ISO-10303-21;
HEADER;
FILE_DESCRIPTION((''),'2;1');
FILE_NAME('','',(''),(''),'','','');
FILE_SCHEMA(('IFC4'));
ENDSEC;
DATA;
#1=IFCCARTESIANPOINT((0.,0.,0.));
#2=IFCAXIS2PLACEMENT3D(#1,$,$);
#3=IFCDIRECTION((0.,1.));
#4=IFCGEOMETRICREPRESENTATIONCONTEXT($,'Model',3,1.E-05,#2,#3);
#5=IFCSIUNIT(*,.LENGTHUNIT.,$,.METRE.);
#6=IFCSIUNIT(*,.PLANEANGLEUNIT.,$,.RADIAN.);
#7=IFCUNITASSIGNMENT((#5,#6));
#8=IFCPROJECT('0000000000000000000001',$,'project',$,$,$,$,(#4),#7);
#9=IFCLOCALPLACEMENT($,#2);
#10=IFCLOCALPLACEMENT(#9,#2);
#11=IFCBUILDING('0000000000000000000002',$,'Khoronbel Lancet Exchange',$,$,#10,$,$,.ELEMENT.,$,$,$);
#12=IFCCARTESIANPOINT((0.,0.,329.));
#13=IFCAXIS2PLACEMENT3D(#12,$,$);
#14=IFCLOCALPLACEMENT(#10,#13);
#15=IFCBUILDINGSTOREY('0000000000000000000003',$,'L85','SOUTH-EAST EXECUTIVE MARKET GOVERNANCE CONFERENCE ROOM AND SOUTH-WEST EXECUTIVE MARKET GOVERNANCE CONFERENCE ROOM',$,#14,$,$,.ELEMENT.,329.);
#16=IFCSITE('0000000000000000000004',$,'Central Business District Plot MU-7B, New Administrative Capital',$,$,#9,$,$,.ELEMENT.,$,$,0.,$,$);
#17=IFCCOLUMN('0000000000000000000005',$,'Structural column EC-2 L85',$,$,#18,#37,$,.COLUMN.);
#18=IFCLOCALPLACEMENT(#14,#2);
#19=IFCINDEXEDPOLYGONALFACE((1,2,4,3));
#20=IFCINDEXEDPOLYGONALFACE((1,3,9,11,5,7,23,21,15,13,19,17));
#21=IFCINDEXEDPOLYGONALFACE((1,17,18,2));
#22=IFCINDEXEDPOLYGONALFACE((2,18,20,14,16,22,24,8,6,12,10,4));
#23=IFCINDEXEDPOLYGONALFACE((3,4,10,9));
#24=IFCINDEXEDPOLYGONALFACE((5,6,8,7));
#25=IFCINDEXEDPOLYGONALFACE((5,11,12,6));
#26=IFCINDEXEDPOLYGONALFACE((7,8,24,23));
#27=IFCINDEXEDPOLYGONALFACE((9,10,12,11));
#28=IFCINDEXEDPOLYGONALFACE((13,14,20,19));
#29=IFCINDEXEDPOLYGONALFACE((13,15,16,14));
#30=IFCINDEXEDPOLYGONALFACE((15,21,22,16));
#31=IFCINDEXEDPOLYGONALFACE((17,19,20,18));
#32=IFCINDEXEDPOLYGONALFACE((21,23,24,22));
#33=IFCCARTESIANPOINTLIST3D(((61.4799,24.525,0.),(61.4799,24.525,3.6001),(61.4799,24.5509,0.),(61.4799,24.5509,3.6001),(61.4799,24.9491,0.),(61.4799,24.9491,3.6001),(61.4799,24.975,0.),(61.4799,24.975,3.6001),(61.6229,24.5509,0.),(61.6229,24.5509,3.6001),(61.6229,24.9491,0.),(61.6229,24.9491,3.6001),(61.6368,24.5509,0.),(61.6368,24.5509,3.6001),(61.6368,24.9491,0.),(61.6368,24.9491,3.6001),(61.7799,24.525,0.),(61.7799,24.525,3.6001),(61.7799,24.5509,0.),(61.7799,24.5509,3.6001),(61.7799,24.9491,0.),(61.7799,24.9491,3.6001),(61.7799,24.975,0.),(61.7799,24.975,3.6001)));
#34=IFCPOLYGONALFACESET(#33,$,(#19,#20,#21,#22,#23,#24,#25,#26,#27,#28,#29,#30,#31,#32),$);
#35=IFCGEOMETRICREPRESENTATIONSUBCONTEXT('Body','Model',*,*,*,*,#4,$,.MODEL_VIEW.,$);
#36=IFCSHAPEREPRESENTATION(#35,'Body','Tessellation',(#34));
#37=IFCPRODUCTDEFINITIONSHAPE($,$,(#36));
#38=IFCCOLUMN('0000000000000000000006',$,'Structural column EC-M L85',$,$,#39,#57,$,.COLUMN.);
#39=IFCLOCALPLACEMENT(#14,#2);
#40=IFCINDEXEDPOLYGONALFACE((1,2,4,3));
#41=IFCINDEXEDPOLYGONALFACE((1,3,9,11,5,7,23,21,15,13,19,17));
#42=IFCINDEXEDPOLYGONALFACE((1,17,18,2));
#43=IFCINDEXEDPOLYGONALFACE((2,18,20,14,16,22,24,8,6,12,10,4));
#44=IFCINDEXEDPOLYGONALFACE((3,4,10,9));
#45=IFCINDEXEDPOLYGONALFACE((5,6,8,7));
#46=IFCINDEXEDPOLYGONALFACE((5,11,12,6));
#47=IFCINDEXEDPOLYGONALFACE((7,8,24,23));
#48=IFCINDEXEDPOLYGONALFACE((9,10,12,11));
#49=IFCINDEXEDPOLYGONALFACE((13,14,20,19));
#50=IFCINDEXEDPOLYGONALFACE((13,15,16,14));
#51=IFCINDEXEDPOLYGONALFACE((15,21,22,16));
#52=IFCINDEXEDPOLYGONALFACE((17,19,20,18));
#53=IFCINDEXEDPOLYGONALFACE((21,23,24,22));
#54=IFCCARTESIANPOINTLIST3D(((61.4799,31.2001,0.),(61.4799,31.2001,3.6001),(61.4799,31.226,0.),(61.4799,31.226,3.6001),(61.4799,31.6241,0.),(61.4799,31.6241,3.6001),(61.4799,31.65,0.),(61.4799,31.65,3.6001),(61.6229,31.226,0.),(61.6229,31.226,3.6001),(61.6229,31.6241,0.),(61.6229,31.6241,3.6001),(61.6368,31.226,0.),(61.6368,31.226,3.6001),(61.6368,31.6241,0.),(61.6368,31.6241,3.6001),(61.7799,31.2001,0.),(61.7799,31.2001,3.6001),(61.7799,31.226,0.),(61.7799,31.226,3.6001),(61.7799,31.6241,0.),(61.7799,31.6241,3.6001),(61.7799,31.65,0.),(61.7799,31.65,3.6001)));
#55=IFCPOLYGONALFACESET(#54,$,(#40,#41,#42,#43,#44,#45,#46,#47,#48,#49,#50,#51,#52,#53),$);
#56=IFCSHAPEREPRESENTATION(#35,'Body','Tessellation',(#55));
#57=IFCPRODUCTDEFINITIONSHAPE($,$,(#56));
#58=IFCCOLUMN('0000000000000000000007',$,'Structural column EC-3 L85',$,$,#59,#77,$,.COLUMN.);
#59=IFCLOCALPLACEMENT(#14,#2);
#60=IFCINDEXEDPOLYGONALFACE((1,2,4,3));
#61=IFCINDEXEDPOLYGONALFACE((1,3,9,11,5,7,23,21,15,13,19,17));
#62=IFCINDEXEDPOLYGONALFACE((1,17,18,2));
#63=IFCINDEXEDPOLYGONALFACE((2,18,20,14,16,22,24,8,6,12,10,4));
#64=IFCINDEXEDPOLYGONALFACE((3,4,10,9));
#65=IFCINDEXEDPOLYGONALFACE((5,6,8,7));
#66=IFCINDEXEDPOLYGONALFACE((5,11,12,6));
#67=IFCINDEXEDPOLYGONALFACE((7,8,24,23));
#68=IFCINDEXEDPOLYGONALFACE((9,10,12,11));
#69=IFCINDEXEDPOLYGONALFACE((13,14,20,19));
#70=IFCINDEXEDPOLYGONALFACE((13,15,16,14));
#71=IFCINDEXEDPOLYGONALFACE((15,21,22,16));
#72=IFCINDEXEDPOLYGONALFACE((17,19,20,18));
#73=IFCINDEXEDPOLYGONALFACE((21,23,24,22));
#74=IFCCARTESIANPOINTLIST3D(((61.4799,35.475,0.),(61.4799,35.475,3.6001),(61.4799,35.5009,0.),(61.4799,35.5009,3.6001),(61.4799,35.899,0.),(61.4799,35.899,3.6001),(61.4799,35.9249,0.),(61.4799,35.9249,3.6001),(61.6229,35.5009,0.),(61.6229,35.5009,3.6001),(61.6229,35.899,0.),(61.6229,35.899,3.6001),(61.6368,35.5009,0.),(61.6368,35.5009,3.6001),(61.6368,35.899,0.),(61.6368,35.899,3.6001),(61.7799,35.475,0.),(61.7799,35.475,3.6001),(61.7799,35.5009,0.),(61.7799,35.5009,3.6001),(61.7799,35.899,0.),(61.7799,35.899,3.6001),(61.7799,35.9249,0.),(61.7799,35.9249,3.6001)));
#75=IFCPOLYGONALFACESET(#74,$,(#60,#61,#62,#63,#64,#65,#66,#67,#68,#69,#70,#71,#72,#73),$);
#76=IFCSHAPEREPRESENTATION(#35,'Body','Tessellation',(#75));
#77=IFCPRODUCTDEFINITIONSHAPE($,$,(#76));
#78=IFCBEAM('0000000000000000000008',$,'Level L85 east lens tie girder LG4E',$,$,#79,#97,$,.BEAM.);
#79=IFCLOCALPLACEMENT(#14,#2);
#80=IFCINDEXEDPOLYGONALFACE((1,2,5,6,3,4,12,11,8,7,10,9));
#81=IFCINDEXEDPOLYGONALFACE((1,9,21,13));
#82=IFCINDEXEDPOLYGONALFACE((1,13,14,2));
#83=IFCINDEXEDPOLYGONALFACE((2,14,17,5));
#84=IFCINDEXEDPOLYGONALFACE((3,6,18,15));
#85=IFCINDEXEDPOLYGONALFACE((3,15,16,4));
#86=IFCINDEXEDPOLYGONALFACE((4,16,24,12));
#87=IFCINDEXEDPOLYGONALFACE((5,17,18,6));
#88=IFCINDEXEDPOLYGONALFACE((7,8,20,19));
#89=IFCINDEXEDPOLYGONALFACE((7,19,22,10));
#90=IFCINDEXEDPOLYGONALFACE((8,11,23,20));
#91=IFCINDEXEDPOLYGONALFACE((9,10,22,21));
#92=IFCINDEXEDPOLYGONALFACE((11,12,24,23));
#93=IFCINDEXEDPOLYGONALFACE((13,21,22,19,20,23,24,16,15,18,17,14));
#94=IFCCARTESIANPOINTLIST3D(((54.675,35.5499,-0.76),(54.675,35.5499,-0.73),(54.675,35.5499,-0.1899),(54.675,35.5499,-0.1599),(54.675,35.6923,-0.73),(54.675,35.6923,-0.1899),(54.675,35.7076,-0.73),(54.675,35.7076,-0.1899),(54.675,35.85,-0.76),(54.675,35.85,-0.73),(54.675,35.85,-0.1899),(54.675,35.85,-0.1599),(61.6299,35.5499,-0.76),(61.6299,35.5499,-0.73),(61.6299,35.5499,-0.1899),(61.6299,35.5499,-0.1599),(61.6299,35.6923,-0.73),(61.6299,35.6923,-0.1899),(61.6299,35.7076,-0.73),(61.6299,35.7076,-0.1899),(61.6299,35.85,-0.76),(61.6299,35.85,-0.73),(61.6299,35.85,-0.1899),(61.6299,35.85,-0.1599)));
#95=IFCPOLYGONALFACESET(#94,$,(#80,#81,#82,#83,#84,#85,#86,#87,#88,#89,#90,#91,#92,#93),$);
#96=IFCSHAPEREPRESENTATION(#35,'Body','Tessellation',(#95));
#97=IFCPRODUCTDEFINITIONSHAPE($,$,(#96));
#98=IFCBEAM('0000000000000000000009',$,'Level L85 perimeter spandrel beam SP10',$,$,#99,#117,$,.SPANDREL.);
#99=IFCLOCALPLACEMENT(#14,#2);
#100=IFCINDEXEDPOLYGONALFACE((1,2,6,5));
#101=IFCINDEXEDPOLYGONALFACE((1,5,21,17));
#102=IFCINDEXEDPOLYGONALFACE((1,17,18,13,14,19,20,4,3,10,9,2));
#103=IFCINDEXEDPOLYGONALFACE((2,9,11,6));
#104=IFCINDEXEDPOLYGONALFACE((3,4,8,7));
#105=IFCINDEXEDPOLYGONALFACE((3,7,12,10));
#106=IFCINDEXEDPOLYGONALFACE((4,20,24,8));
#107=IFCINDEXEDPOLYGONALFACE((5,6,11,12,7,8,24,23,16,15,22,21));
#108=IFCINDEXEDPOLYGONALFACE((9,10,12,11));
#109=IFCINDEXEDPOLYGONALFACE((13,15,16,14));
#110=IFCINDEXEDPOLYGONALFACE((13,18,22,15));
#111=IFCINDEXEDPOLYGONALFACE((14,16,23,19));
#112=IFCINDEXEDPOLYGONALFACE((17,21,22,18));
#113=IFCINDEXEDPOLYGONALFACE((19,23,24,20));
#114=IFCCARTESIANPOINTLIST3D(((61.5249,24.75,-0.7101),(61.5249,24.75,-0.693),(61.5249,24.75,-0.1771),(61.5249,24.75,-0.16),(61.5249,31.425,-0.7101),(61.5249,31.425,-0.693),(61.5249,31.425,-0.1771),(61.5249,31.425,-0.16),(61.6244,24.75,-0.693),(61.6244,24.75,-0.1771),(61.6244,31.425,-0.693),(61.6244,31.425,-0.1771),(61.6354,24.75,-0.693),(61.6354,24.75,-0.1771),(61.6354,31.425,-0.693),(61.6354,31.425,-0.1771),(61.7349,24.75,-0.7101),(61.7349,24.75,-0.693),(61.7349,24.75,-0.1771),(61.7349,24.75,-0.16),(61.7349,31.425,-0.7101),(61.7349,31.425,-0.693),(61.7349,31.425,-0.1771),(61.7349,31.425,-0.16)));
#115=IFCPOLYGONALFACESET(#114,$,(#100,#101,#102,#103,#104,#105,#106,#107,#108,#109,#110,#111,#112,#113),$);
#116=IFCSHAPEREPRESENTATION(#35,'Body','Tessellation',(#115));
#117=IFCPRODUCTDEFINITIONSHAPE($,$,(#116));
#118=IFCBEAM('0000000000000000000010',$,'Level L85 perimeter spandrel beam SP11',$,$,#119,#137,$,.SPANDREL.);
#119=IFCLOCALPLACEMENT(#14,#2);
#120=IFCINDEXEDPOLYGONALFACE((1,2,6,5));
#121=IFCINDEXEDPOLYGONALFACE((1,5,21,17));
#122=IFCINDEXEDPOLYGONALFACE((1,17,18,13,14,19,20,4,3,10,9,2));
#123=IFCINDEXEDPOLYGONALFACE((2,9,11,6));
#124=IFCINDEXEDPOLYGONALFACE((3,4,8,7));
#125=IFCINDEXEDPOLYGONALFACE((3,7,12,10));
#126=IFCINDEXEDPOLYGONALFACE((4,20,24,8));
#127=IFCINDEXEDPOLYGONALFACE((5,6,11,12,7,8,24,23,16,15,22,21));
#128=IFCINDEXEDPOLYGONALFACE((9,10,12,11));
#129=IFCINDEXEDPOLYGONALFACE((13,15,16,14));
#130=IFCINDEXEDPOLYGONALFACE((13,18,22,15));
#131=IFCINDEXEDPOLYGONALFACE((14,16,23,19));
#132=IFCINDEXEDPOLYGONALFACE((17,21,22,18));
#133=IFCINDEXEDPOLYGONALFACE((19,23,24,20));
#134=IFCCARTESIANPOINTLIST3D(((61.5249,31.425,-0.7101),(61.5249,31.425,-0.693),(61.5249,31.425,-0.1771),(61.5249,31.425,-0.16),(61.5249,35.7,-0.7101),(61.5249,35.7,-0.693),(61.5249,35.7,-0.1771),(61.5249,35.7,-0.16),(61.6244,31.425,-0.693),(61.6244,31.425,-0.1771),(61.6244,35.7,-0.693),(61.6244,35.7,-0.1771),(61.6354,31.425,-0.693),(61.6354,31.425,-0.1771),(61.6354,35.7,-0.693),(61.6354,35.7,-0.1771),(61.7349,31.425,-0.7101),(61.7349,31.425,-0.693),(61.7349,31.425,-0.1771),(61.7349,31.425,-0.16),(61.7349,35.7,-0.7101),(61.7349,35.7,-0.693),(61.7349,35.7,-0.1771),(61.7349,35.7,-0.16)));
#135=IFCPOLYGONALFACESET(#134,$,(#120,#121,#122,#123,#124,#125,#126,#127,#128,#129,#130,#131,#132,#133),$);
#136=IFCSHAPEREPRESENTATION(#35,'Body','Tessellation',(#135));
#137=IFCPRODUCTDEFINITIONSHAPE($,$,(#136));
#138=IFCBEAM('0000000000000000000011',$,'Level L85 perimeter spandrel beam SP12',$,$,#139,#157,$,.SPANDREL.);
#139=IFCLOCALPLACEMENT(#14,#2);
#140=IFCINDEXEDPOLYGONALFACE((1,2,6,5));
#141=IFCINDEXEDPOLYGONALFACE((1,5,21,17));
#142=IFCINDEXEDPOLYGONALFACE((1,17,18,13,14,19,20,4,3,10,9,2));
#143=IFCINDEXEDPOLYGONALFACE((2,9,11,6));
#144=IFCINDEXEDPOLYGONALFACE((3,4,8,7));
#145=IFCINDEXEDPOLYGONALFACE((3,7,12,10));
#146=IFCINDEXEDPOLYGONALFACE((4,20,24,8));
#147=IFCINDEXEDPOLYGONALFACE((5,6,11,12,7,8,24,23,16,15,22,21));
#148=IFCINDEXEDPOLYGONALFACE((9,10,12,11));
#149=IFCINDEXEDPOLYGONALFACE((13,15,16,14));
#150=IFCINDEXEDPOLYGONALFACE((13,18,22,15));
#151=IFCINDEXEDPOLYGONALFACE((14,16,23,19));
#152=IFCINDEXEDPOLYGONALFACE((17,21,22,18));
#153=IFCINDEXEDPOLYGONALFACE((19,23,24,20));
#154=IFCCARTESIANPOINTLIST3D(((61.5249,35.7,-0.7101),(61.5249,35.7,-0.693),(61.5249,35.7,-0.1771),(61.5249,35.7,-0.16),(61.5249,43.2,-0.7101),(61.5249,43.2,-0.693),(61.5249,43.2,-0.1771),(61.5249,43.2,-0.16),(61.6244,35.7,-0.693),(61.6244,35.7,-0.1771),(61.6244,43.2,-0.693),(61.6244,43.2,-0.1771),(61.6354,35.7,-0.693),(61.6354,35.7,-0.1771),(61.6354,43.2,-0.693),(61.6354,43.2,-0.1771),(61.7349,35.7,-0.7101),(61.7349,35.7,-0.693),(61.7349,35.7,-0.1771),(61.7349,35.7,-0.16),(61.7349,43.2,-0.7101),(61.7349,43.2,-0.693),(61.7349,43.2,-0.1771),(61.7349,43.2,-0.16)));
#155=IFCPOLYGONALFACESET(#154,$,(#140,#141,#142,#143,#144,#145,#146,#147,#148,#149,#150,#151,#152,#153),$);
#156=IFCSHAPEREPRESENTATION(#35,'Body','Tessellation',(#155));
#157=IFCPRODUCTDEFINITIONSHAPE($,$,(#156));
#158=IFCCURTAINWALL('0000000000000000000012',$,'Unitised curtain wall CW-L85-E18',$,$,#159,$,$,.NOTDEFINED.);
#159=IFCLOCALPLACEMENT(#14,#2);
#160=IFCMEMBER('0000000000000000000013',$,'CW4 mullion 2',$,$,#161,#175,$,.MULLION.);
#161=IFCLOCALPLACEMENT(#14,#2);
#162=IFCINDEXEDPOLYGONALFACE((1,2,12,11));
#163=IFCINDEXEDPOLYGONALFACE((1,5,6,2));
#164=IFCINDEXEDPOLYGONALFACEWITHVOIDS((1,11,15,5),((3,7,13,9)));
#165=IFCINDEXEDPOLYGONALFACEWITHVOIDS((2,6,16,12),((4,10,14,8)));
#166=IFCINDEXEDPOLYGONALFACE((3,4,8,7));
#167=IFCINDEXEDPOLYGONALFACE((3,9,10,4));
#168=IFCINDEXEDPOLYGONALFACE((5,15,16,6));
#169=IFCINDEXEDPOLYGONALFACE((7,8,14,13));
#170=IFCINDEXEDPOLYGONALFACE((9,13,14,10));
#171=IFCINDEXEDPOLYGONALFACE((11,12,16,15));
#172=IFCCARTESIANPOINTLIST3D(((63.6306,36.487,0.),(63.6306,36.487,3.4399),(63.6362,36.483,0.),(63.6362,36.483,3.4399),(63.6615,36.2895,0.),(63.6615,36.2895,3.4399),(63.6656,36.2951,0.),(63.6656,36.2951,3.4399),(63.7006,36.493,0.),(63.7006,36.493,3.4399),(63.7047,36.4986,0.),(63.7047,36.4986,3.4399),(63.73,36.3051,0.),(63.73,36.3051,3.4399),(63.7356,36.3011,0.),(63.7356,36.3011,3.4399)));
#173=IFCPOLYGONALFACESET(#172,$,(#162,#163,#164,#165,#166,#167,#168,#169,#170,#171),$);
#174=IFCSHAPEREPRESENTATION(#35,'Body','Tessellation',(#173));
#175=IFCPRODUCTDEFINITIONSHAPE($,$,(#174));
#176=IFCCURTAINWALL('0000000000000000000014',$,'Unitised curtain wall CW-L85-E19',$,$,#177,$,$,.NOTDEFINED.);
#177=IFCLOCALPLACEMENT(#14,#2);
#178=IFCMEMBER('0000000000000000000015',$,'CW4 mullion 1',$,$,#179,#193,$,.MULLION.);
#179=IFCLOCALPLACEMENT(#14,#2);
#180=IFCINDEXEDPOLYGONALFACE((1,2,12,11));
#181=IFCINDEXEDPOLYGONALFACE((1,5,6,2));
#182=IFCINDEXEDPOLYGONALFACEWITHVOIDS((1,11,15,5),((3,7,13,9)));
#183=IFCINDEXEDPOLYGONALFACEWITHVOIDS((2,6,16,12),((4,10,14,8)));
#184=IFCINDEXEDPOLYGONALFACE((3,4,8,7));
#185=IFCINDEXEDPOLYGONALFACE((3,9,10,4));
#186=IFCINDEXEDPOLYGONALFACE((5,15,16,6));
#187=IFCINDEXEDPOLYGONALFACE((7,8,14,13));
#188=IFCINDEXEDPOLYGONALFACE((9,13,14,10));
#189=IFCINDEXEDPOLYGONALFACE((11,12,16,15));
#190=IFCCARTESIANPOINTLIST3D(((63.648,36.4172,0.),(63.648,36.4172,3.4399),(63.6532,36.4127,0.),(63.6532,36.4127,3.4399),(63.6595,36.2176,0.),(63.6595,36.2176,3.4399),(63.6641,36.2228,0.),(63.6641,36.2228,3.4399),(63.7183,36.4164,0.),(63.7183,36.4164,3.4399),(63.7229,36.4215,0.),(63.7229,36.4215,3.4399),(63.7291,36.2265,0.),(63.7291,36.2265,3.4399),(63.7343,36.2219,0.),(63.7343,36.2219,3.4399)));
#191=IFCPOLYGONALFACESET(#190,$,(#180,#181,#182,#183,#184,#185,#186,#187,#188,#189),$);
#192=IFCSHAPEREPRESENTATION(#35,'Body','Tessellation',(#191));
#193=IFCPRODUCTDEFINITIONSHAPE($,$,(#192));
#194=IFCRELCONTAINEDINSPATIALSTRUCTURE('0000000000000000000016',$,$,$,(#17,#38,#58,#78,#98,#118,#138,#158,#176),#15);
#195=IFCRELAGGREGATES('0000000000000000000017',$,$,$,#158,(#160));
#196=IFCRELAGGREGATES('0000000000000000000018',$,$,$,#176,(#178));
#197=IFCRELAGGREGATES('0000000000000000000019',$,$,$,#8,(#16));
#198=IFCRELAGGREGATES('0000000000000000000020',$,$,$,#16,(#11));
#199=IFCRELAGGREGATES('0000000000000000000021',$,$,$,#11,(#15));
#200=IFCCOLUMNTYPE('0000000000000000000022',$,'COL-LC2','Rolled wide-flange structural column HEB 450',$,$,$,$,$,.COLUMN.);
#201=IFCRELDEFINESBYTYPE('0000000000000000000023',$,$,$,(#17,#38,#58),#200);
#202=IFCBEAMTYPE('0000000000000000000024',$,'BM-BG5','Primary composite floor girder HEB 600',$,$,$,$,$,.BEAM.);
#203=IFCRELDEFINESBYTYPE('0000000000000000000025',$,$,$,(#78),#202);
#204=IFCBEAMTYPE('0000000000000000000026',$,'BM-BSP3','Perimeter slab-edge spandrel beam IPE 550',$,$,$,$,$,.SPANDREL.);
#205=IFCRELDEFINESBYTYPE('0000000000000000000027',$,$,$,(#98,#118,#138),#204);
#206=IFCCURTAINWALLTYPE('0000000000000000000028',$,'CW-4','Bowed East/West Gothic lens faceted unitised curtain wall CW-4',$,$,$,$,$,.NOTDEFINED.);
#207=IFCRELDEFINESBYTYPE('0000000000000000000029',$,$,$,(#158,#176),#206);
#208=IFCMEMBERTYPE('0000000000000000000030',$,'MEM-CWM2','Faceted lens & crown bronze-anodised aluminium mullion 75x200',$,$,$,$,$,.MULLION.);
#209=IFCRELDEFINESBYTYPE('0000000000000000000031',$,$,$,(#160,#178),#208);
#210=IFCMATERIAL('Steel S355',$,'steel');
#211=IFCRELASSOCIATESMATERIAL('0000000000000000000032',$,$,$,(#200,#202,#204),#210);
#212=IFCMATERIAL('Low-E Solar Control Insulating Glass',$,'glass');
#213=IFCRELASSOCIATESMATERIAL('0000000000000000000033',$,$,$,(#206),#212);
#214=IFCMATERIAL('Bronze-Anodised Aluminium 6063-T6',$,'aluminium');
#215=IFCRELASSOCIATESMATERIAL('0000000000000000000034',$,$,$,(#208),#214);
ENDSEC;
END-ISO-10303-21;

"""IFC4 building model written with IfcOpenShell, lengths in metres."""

from ifc_helpers import new_model, si_unit, direction, frame, origin, origin_2d, place, context, subcontext, project, spatial, hollow_rectangle, i_section, extrude, material, material_profile, profile_set, type_object, element, aggregate, save


model = new_model("IFC4")

# Units and contexts
model_context = context("Model", 3, precision=1e-05, world=origin(), true_north=direction((0.0, 1.0)))
body_context = subcontext(model_context, "Body", "Model", "MODEL_VIEW")
ifc_project = project(units=[si_unit("LENGTHUNIT", "METRE"), si_unit("PLANEANGLEUNIT", "RADIAN")], contexts=[model_context])

# Site, building, storey
site_placement = place(None, origin())
site = spatial("IfcSite", under=ifc_project, at=site_placement, Name="Central Business District Plot MU-7B, New Administrative Capital", CompositionType="ELEMENT", RefElevation=0.0)
building_placement = place(site_placement, origin())
building = spatial("IfcBuilding", under=site, at=building_placement, Name="Khoronbel Lancet Exchange", CompositionType="ELEMENT")
storey_placement = place(building_placement, frame((0.0, 0.0, 329.0)))
storey = spatial("IfcBuildingStorey", under=building, at=storey_placement, Name="L85", Description="SOUTH-EAST EXECUTIVE MARKET GOVERNANCE CONFERENCE ROOM AND SOUTH-WEST EXECUTIVE MARKET GOVERNANCE CONFERENCE ROOM", CompositionType="ELEMENT", Elevation=329.0)

# Columns
ifc_material_1 = material(Name="Steel S355", Category="steel")
ifc_material_profile_1 = material_profile(ifc_material_1, i_section(OverallWidth=0.3, OverallDepth=0.45, WebThickness=0.0139, FlangeThickness=0.0259, at=origin_2d()), Name="HEB 450")
ifc_profile_set_1 = profile_set([ifc_material_profile_1], Name="Steel S355")
column_type = type_object("IfcColumnType", Name="COL-LC2", Description="Rolled wide-flange structural column HEB 450", PredefinedType="COLUMN", material=ifc_profile_set_1)
for number, where, z_axis, x_axis, name in (
    (1, (61.6299, 24.75, 0.0), (0.0, 0.0, 1.0), (1.0, 0.0, 0.0), "Structural column EC-2 L85"),
    (2, (61.6299, 31.425, 0.0), (0.0, 0.0, 1.0), (1.0, 0.0, 0.0), "Structural column EC-M L85"),
    (3, (61.6299, 35.7, 0.0), (0.0, 0.0, 1.0), (1.0, 0.0, 0.0), "Structural column EC-3 L85"),
):
    element("IfcColumn", number, at=place(storey_placement, frame(where, z_axis=z_axis, x_axis=x_axis)), inside=storey, type_object=column_type, Name=name, PredefinedType="COLUMN", context=body_context, shape_type="SweptSolid", body=[
        extrude(i_section(OverallWidth=0.3, OverallDepth=0.45, WebThickness=0.0139, FlangeThickness=0.0259, at=origin_2d()), origin(), (0.0, 0.0, 1.0), 3.6001),
    ])

# Beams
ifc_material_profile_2 = material_profile(ifc_material_1, i_section(OverallWidth=0.3, OverallDepth=0.6001, WebThickness=0.0154, FlangeThickness=0.03, at=origin_2d()), Name="HEB 600")
ifc_profile_set_2 = profile_set([ifc_material_profile_2], Name="Steel S355")
beam_type_1 = type_object("IfcBeamType", Name="BM-BG5", Description="Primary composite floor girder HEB 600", PredefinedType="BEAM", material=ifc_profile_set_2)
beam_1_placement = place(storey_placement, frame((54.675, 35.7, -0.46), z_axis=(1.0, 0.0, 0.0), x_axis=(0.0, 1.0, 0.0)))
element("IfcBeam", 4, at=beam_1_placement, inside=storey, type_object=beam_type_1, Name="Level L85 east lens tie girder LG4E", PredefinedType="BEAM", context=body_context, shape_type="SweptSolid", body=[
    extrude(i_section(OverallWidth=0.3, OverallDepth=0.6001, WebThickness=0.0154, FlangeThickness=0.03, at=origin_2d()), origin(), (0.0, 0.0, 1.0), 6.9548),
])
ifc_material_profile_3 = material_profile(ifc_material_1, i_section(OverallWidth=0.21, OverallDepth=0.55, WebThickness=0.011, FlangeThickness=0.0171, at=origin_2d()), Name="IPE 550")
ifc_profile_set_3 = profile_set([ifc_material_profile_3], Name="Steel S355")
beam_type_2 = type_object("IfcBeamType", Name="BM-BSP3", Description="Perimeter slab-edge spandrel beam IPE 550", PredefinedType="SPANDREL", material=ifc_profile_set_3)
beam_2_placement = place(storey_placement, frame((61.6299, 24.75, -0.4351), z_axis=(0.0, 1.0, 0.0), x_axis=(-1.0, 0.0, 0.0)))
element("IfcBeam", 5, at=beam_2_placement, inside=storey, type_object=beam_type_2, Name="Level L85 perimeter spandrel beam SP10", PredefinedType="SPANDREL", context=body_context, shape_type="SweptSolid", body=[
    extrude(i_section(OverallWidth=0.21, OverallDepth=0.55, WebThickness=0.011, FlangeThickness=0.0171, at=origin_2d()), origin(), (0.0, 0.0, 1.0), 6.675),
])
beam_3_placement = place(storey_placement, frame((61.6299, 31.425, -0.4351), z_axis=(0.0, 1.0, 0.0), x_axis=(-1.0, 0.0, 0.0)))
element("IfcBeam", 6, at=beam_3_placement, inside=storey, type_object=beam_type_2, Name="Level L85 perimeter spandrel beam SP11", PredefinedType="SPANDREL", context=body_context, shape_type="SweptSolid", body=[
    extrude(i_section(OverallWidth=0.21, OverallDepth=0.55, WebThickness=0.011, FlangeThickness=0.0171, at=origin_2d()), origin(), (0.0, 0.0, 1.0), 4.2749),
])
beam_4_placement = place(storey_placement, frame((61.6299, 35.7, -0.4351), z_axis=(0.0, 1.0, 0.0), x_axis=(-1.0, 0.0, 0.0)))
element("IfcBeam", 7, at=beam_4_placement, inside=storey, type_object=beam_type_2, Name="Level L85 perimeter spandrel beam SP12", PredefinedType="SPANDREL", context=body_context, shape_type="SweptSolid", body=[
    extrude(i_section(OverallWidth=0.21, OverallDepth=0.55, WebThickness=0.011, FlangeThickness=0.0171, at=origin_2d()), origin(), (0.0, 0.0, 1.0), 7.5),
])

# Curtain wall, member
ifc_material_2 = material(Name="Low-E Solar Control Insulating Glass", Category="glass")
curtain_wall_type = type_object("IfcCurtainWallType", Name="CW-4", Description="Bowed East/West Gothic lens faceted unitised curtain wall CW-4", PredefinedType="NOTDEFINED", material=ifc_material_2)
curtain_wall_1_placement = place(storey_placement, origin())
curtain_wall_1 = element("IfcCurtainWall", 8, at=curtain_wall_1_placement, inside=storey, type_object=curtain_wall_type, Name="Unitised curtain wall CW-L85-E18", PredefinedType="NOTDEFINED")
ifc_material_3 = material(Name="Bronze-Anodised Aluminium 6063-T6", Category="aluminium")
ifc_material_profile_4 = material_profile(ifc_material_3, hollow_rectangle(XDim=0.075, YDim=0.2, WallThickness=0.0049, at=origin_2d()), Name="ALU MULLION 75x200")
ifc_profile_set_4 = profile_set([ifc_material_profile_4], Name="Bronze-Anodised Aluminium 6063-T6")
member_type_1 = type_object("IfcMemberType", Name="MEM-CWM2", Description="Faceted lens & crown bronze-anodised aluminium mullion 75x200", PredefinedType="MULLION", material=ifc_profile_set_4)
member_1_placement = place(storey_placement, frame((63.6831, 36.394, 0.0), z_axis=(0.0, 0.0, 1.0), x_axis=(0.987967, 0.154668, 0.0)))
member_1 = element("IfcMember", 9, at=member_1_placement, type_object=member_type_1, Name="CW4 mullion 2", PredefinedType="MULLION", context=body_context, shape_type="SweptSolid", body=[
    extrude(hollow_rectangle(XDim=0.075, YDim=0.2, WallThickness=0.0049, at=origin_2d()), origin(), (0.0, 0.0, 1.0), 3.4399),
])
aggregate(curtain_wall_1, [member_1])

# Curtain wall, member
curtain_wall_2_placement = place(storey_placement, origin())
curtain_wall_2 = element("IfcCurtainWall", 10, at=curtain_wall_2_placement, inside=storey, type_object=curtain_wall_type, Name="Unitised curtain wall CW-L85-E19", PredefinedType="NOTDEFINED")
member_2_placement = place(storey_placement, frame((63.6912, 36.3196, 0.0), z_axis=(0.0, 0.0, 1.0), x_axis=(0.998362, 0.057216, 0.0)))
member_2 = element("IfcMember", 11, at=member_2_placement, type_object=member_type_1, Name="CW4 mullion 1", PredefinedType="MULLION", context=body_context, shape_type="SweptSolid", body=[
    extrude(hollow_rectangle(XDim=0.075, YDim=0.2, WallThickness=0.0049, at=origin_2d()), origin(), (0.0, 0.0, 1.0), 3.4399),
])

aggregate(curtain_wall_2, [member_2])

save(model, "model.ifc")
